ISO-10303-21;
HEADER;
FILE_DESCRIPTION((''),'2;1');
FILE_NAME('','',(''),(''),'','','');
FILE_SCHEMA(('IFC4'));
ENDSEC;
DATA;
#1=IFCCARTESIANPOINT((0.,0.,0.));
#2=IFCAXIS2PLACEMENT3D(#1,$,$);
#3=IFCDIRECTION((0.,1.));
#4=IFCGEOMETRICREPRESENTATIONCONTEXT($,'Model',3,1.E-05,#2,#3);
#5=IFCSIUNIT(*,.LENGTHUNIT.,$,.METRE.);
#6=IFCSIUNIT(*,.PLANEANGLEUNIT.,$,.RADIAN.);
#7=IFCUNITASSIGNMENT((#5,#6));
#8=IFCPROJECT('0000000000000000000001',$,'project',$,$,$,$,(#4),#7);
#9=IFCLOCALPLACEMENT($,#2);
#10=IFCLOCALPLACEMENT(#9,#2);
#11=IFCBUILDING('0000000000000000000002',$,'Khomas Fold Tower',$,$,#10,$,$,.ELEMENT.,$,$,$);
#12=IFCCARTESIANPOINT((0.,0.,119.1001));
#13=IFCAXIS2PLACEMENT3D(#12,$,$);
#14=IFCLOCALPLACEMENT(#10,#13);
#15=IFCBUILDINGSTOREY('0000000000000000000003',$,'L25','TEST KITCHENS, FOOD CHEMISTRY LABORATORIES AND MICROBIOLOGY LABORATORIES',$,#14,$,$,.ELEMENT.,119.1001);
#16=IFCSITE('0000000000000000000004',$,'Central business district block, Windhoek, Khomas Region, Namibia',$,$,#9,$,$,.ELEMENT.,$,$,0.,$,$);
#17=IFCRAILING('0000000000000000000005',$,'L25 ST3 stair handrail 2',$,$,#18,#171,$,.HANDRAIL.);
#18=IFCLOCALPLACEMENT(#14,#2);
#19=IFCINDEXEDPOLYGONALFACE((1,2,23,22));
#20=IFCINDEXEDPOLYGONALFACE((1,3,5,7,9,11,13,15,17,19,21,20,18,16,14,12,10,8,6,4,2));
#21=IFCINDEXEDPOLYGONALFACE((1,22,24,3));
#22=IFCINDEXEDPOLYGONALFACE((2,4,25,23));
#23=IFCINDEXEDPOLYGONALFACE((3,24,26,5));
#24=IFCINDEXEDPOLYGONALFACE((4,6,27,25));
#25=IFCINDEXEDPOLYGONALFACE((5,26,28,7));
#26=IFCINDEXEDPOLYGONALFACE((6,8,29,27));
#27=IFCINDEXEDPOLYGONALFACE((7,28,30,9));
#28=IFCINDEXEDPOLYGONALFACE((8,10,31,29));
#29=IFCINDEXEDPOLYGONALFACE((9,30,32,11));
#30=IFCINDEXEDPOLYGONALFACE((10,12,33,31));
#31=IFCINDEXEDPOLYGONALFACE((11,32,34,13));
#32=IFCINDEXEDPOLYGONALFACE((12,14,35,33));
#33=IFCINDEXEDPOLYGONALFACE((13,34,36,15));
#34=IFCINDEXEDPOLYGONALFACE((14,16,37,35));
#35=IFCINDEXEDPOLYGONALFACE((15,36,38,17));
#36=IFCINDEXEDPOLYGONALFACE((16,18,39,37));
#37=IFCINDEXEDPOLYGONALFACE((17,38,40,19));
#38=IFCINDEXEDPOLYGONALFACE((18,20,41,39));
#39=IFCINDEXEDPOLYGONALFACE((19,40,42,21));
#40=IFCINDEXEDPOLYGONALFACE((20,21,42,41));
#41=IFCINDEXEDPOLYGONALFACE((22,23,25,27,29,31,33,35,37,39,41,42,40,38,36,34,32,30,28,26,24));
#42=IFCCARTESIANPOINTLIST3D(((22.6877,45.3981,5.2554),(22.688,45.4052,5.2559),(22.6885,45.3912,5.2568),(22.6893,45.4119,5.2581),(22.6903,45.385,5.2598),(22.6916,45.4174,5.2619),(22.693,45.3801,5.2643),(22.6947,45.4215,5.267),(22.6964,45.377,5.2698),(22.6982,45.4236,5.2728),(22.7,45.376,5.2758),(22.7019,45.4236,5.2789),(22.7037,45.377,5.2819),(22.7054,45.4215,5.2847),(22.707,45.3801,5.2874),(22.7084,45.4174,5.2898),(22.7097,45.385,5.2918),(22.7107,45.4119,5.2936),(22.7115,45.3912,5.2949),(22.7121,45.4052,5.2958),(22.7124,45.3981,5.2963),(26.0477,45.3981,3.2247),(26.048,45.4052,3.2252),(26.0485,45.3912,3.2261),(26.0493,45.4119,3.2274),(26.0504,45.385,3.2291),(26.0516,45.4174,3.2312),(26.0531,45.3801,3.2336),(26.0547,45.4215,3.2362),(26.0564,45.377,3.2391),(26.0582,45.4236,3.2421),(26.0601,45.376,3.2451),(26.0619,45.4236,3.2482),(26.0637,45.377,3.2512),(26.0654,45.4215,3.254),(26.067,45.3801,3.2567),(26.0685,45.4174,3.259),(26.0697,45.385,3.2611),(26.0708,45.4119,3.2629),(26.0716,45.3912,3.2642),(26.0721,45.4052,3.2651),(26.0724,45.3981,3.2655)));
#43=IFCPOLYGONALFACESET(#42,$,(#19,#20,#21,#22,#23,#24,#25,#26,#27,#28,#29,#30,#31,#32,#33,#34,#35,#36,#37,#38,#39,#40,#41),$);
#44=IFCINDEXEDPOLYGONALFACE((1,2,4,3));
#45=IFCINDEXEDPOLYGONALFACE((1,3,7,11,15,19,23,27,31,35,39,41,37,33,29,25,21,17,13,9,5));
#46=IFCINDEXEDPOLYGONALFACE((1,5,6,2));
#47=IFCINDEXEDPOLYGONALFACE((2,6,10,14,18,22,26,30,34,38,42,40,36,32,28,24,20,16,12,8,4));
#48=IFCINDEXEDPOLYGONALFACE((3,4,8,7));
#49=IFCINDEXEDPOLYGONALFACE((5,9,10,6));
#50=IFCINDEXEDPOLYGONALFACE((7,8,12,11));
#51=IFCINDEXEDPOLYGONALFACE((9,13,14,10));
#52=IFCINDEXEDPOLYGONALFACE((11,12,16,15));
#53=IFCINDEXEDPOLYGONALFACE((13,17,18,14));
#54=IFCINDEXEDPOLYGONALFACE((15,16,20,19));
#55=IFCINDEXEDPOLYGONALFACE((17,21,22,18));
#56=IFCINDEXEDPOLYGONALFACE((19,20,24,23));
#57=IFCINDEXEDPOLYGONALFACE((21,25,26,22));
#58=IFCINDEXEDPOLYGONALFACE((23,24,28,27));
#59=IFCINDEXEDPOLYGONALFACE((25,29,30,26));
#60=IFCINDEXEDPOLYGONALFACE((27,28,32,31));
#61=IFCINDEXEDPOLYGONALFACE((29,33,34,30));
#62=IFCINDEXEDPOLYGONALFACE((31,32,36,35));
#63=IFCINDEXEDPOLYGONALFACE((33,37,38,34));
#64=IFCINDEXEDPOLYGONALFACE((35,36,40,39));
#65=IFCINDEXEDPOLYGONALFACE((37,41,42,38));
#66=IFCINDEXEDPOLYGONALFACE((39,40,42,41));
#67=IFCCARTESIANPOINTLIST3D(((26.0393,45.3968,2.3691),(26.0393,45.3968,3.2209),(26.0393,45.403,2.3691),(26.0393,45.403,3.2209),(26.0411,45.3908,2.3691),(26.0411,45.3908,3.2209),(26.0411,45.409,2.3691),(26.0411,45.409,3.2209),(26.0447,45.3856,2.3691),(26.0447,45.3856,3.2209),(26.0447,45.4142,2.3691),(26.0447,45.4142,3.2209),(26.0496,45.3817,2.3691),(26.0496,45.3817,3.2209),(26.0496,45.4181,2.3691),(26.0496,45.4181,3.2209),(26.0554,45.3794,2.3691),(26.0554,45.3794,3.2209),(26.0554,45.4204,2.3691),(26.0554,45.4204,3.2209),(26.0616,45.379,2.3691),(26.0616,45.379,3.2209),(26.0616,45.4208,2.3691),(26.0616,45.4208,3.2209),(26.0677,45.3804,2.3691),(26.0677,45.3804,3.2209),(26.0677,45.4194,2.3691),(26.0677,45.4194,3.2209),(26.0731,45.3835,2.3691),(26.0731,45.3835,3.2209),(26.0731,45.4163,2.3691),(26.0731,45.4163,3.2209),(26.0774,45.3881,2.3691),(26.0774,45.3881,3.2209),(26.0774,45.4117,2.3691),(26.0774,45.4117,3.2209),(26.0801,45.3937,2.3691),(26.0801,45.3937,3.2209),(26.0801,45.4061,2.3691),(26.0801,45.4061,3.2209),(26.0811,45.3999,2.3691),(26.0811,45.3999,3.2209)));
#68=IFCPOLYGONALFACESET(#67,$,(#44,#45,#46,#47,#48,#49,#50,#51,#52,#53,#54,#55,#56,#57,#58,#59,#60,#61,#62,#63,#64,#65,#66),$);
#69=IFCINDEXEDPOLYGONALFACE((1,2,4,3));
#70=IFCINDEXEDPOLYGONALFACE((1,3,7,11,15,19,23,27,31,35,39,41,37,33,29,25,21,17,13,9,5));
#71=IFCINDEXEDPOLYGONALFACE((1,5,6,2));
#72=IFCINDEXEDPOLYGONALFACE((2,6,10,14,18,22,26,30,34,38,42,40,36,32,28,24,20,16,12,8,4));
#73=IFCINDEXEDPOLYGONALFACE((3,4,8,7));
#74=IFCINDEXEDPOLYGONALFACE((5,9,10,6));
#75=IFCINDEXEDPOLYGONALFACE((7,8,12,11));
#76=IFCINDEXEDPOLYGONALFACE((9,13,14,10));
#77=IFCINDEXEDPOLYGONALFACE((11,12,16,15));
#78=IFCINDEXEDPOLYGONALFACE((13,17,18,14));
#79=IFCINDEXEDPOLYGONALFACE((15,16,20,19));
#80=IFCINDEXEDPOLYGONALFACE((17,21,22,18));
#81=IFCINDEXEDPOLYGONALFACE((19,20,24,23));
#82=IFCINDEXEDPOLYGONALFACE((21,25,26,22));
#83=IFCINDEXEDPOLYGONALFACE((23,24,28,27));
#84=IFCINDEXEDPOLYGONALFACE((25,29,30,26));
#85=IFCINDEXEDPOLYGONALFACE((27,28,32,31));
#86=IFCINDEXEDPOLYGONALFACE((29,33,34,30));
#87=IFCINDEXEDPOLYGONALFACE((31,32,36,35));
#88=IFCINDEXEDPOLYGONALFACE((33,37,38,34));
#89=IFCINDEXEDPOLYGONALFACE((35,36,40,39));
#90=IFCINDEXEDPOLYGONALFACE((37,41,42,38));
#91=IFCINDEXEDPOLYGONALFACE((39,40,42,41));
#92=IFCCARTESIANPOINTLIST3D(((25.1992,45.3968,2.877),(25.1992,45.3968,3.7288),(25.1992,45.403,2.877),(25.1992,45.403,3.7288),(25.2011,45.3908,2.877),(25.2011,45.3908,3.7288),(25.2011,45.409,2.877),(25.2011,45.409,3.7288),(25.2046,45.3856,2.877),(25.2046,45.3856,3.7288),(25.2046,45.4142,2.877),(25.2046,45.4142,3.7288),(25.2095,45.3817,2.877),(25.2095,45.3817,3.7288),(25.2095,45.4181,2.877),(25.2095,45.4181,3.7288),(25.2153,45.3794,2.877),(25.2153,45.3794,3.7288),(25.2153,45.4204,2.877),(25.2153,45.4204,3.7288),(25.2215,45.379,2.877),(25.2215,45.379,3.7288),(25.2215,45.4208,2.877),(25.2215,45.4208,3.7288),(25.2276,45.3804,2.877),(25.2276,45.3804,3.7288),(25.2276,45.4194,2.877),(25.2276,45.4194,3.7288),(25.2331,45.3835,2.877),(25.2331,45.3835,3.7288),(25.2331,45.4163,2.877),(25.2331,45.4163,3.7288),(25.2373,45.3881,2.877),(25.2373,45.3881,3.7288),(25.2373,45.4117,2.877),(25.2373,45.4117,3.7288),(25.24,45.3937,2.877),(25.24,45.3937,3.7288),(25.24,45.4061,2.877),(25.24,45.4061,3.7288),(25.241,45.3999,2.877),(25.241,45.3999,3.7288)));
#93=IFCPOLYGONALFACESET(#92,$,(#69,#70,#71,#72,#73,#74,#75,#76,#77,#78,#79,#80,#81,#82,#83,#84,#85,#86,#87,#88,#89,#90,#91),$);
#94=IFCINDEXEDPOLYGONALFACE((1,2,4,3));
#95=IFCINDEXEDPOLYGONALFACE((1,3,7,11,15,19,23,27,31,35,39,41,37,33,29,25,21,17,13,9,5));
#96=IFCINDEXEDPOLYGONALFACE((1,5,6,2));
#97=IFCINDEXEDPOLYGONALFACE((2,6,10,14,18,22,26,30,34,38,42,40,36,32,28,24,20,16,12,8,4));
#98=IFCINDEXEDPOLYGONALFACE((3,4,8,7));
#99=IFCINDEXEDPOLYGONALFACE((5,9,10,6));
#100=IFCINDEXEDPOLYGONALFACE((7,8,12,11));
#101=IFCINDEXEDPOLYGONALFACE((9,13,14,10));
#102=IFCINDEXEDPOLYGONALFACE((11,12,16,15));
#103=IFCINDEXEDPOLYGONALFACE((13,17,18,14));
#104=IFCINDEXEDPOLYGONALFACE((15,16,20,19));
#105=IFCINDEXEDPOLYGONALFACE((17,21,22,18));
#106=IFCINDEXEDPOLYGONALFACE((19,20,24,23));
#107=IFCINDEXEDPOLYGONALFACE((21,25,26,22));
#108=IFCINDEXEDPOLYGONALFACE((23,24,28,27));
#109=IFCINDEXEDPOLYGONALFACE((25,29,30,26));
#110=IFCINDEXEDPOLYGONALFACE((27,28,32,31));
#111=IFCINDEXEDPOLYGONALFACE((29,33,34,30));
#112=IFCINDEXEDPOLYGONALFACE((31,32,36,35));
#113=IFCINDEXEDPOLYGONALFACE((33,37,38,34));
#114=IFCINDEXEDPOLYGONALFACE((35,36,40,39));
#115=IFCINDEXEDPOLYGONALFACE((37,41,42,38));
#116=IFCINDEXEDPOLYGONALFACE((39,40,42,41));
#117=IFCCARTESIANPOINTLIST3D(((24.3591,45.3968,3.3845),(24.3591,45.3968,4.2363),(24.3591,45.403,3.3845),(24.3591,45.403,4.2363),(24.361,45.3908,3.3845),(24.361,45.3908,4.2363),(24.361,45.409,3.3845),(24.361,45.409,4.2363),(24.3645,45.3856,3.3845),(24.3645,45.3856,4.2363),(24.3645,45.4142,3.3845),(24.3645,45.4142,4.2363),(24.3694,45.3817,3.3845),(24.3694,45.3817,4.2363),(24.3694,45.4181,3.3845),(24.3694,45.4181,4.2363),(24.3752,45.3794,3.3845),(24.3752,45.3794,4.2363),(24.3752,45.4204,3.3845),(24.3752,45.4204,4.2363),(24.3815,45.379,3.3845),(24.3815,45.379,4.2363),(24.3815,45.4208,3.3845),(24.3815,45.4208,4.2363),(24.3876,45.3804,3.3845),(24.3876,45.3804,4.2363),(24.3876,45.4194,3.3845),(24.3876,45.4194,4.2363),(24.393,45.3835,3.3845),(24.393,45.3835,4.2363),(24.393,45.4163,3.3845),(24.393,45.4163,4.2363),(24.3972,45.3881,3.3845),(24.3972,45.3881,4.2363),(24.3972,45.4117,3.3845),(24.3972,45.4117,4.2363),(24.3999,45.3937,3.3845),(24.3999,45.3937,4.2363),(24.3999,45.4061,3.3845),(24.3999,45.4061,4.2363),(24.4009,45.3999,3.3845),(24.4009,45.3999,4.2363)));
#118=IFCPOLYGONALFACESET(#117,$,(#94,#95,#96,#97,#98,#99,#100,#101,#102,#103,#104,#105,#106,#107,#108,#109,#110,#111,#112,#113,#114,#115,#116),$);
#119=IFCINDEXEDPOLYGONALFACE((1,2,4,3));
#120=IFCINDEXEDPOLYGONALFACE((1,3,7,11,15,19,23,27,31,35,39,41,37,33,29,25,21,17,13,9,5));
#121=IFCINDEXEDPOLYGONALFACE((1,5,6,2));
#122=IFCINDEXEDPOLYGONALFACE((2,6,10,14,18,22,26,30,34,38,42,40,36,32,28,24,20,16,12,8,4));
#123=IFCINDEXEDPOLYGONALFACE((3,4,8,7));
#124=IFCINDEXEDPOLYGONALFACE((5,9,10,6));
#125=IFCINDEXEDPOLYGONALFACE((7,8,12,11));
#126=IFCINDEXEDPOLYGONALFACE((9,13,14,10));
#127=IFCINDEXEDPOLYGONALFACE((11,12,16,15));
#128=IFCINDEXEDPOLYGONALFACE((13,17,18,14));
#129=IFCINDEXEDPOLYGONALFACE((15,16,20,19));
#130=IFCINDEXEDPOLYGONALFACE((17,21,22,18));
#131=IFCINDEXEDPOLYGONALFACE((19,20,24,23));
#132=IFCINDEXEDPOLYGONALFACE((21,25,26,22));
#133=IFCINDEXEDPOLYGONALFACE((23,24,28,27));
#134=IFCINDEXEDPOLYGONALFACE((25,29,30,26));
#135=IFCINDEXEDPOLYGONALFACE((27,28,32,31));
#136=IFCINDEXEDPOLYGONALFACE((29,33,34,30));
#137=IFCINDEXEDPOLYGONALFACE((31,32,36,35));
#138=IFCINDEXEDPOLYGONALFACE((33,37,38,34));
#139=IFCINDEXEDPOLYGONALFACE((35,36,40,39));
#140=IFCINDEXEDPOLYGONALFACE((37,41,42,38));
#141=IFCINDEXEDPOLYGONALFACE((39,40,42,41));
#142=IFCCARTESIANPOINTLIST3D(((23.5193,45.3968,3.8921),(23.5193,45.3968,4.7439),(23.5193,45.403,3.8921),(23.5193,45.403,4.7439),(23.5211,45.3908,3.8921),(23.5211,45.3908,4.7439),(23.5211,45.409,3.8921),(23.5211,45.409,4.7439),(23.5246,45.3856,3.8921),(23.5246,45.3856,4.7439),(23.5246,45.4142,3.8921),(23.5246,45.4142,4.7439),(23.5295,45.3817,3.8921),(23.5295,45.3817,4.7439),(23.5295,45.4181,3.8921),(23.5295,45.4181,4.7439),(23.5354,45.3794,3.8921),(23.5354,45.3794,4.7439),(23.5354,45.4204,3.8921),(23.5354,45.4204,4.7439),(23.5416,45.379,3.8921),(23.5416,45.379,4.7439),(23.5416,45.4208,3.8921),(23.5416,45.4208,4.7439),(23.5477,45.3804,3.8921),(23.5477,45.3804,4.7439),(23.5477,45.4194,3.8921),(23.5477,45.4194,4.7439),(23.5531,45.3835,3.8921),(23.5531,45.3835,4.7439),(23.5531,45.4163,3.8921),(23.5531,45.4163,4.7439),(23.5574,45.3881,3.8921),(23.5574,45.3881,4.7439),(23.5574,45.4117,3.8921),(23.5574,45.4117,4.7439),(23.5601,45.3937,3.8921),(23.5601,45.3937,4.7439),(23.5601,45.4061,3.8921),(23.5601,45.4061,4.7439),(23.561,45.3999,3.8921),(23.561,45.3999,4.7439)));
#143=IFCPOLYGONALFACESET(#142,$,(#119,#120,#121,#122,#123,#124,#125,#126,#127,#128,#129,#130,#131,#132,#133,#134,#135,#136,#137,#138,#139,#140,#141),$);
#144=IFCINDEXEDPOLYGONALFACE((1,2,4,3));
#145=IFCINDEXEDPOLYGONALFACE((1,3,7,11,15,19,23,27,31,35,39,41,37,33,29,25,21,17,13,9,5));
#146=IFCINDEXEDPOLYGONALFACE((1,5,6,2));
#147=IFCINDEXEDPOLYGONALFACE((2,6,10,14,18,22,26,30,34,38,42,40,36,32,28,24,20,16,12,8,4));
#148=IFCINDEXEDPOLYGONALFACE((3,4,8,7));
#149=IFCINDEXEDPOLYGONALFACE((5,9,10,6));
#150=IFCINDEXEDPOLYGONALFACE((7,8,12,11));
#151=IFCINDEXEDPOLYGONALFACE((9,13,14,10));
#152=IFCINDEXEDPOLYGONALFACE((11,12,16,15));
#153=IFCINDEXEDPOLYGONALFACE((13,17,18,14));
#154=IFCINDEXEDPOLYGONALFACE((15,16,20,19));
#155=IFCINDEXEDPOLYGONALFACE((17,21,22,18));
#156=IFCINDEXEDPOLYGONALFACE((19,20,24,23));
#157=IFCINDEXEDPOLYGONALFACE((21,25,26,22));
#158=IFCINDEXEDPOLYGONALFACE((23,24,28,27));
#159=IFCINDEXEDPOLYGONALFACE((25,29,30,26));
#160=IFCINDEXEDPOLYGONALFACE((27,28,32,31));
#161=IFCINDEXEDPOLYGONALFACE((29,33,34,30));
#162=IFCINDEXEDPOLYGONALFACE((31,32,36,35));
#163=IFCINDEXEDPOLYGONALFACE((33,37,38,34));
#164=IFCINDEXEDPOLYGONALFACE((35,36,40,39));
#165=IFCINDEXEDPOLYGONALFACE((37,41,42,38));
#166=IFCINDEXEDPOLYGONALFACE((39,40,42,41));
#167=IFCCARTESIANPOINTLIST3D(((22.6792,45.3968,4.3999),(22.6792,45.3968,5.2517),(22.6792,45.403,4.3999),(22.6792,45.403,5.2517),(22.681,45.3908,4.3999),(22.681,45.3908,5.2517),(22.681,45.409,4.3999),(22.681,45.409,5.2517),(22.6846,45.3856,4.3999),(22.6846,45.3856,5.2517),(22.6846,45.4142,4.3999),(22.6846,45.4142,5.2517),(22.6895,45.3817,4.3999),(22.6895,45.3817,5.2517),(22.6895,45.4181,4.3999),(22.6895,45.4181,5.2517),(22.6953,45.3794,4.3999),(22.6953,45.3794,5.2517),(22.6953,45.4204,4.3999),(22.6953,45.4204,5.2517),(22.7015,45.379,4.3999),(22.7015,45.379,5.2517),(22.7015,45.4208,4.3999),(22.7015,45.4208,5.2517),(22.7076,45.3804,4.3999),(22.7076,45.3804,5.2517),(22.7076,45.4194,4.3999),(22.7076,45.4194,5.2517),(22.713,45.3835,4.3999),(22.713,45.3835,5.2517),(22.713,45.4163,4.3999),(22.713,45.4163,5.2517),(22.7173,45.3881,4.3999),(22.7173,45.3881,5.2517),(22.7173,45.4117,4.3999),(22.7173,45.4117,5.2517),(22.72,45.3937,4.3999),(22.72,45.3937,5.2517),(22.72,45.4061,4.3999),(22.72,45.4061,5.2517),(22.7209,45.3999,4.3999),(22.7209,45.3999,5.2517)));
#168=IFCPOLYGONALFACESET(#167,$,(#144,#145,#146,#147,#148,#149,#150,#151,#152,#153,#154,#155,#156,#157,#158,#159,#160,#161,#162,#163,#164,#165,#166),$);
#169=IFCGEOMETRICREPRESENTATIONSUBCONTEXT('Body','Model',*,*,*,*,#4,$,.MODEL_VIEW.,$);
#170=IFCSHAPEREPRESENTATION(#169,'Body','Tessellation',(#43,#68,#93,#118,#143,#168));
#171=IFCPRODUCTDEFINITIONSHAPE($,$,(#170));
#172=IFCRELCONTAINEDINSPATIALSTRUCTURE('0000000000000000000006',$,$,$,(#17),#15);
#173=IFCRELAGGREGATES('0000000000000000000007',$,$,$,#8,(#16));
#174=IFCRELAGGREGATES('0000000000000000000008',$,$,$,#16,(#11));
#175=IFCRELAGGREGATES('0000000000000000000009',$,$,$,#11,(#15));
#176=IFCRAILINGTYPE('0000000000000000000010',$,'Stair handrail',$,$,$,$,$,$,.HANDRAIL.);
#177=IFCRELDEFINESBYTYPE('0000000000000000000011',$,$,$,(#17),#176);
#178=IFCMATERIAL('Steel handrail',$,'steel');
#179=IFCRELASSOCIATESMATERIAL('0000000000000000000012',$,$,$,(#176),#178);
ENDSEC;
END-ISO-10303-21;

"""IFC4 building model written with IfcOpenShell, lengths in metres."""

from ifc_helpers import new_model, si_unit, direction, frame, origin, origin_2d, place, context, subcontext, project, spatial, circle, extrude, source, transform, mapped, material, type_object, element, save


model = new_model("IFC4")

# Units and contexts
model_context = context("Model", 3, precision=1e-05, world=origin(), true_north=direction((0.0, 1.0)))
body_context = subcontext(model_context, "Body", "Model", "MODEL_VIEW")
ifc_project = project(units=[si_unit("LENGTHUNIT", "METRE"), si_unit("PLANEANGLEUNIT", "RADIAN")], contexts=[model_context])

# Site, building, storey
site_placement = place(None, origin())
site = spatial("IfcSite", under=ifc_project, at=site_placement, Name="Central business district block, Windhoek, Khomas Region, Namibia", CompositionType="ELEMENT", RefElevation=0.0)
building_placement = place(site_placement, origin())
building = spatial("IfcBuilding", under=site, at=building_placement, Name="Khomas Fold Tower", CompositionType="ELEMENT")
storey_placement = place(building_placement, frame((0.0, 0.0, 119.1001)))
storey = spatial("IfcBuildingStorey", under=building, at=storey_placement, Name="L25", Description="TEST KITCHENS, FOOD CHEMISTRY LABORATORIES AND MICROBIOLOGY LABORATORIES", CompositionType="ELEMENT", Elevation=119.1001)

# Railing
ifc_material_1 = material(Name="Steel handrail", Category="steel")
railing_type_1 = type_object("IfcRailingType", Name="Stair handrail", PredefinedType="HANDRAIL", material=ifc_material_1)
shared_shape_1 = source(origin(), body_context, "Body", "SweptSolid", [
    extrude(circle(Radius=0.0239, at=origin_2d()), frame((0.0, 0.0, 0.876), z_axis=(-0.855837, 0.0, 0.517246), x_axis=(0.0, -1.0, 0.0)), (0.0, 0.0, 1.0), 3.926),
    extrude(circle(Radius=0.021, at=origin_2d()), origin(), (0.0, 0.0, 1.0), 0.8518),
    extrude(circle(Radius=0.021, at=origin_2d()), frame((-0.8401, 0.0, 0.5078)), (0.0, 0.0, 1.0), 0.8518),
    extrude(circle(Radius=0.021, at=origin_2d()), frame((-1.6802, 0.0, 1.0154)), (0.0, 0.0, 1.0), 0.8518),
    extrude(circle(Radius=0.021, at=origin_2d()), frame((-2.52, 0.0, 1.5229)), (0.0, 0.0, 1.0), 0.8518),
    extrude(circle(Radius=0.021, at=origin_2d()), frame((-3.3601, 0.0, 2.0308)), (0.0, 0.0, 1.0), 0.8518),
])
railing_1_placement = place(storey_placement, frame((26.0601, 45.3999, 2.3691)))
element("IfcRailing", 1, at=railing_1_placement, inside=storey, type_object=railing_type_1, Name="L25 ST3 stair handrail 2", PredefinedType="HANDRAIL", context=body_context, shape_type="MappedRepresentation", body=[
    mapped(shared_shape_1, transform((0.0, 0.0, 0.0))),
])

save(model, "model.ifc")
